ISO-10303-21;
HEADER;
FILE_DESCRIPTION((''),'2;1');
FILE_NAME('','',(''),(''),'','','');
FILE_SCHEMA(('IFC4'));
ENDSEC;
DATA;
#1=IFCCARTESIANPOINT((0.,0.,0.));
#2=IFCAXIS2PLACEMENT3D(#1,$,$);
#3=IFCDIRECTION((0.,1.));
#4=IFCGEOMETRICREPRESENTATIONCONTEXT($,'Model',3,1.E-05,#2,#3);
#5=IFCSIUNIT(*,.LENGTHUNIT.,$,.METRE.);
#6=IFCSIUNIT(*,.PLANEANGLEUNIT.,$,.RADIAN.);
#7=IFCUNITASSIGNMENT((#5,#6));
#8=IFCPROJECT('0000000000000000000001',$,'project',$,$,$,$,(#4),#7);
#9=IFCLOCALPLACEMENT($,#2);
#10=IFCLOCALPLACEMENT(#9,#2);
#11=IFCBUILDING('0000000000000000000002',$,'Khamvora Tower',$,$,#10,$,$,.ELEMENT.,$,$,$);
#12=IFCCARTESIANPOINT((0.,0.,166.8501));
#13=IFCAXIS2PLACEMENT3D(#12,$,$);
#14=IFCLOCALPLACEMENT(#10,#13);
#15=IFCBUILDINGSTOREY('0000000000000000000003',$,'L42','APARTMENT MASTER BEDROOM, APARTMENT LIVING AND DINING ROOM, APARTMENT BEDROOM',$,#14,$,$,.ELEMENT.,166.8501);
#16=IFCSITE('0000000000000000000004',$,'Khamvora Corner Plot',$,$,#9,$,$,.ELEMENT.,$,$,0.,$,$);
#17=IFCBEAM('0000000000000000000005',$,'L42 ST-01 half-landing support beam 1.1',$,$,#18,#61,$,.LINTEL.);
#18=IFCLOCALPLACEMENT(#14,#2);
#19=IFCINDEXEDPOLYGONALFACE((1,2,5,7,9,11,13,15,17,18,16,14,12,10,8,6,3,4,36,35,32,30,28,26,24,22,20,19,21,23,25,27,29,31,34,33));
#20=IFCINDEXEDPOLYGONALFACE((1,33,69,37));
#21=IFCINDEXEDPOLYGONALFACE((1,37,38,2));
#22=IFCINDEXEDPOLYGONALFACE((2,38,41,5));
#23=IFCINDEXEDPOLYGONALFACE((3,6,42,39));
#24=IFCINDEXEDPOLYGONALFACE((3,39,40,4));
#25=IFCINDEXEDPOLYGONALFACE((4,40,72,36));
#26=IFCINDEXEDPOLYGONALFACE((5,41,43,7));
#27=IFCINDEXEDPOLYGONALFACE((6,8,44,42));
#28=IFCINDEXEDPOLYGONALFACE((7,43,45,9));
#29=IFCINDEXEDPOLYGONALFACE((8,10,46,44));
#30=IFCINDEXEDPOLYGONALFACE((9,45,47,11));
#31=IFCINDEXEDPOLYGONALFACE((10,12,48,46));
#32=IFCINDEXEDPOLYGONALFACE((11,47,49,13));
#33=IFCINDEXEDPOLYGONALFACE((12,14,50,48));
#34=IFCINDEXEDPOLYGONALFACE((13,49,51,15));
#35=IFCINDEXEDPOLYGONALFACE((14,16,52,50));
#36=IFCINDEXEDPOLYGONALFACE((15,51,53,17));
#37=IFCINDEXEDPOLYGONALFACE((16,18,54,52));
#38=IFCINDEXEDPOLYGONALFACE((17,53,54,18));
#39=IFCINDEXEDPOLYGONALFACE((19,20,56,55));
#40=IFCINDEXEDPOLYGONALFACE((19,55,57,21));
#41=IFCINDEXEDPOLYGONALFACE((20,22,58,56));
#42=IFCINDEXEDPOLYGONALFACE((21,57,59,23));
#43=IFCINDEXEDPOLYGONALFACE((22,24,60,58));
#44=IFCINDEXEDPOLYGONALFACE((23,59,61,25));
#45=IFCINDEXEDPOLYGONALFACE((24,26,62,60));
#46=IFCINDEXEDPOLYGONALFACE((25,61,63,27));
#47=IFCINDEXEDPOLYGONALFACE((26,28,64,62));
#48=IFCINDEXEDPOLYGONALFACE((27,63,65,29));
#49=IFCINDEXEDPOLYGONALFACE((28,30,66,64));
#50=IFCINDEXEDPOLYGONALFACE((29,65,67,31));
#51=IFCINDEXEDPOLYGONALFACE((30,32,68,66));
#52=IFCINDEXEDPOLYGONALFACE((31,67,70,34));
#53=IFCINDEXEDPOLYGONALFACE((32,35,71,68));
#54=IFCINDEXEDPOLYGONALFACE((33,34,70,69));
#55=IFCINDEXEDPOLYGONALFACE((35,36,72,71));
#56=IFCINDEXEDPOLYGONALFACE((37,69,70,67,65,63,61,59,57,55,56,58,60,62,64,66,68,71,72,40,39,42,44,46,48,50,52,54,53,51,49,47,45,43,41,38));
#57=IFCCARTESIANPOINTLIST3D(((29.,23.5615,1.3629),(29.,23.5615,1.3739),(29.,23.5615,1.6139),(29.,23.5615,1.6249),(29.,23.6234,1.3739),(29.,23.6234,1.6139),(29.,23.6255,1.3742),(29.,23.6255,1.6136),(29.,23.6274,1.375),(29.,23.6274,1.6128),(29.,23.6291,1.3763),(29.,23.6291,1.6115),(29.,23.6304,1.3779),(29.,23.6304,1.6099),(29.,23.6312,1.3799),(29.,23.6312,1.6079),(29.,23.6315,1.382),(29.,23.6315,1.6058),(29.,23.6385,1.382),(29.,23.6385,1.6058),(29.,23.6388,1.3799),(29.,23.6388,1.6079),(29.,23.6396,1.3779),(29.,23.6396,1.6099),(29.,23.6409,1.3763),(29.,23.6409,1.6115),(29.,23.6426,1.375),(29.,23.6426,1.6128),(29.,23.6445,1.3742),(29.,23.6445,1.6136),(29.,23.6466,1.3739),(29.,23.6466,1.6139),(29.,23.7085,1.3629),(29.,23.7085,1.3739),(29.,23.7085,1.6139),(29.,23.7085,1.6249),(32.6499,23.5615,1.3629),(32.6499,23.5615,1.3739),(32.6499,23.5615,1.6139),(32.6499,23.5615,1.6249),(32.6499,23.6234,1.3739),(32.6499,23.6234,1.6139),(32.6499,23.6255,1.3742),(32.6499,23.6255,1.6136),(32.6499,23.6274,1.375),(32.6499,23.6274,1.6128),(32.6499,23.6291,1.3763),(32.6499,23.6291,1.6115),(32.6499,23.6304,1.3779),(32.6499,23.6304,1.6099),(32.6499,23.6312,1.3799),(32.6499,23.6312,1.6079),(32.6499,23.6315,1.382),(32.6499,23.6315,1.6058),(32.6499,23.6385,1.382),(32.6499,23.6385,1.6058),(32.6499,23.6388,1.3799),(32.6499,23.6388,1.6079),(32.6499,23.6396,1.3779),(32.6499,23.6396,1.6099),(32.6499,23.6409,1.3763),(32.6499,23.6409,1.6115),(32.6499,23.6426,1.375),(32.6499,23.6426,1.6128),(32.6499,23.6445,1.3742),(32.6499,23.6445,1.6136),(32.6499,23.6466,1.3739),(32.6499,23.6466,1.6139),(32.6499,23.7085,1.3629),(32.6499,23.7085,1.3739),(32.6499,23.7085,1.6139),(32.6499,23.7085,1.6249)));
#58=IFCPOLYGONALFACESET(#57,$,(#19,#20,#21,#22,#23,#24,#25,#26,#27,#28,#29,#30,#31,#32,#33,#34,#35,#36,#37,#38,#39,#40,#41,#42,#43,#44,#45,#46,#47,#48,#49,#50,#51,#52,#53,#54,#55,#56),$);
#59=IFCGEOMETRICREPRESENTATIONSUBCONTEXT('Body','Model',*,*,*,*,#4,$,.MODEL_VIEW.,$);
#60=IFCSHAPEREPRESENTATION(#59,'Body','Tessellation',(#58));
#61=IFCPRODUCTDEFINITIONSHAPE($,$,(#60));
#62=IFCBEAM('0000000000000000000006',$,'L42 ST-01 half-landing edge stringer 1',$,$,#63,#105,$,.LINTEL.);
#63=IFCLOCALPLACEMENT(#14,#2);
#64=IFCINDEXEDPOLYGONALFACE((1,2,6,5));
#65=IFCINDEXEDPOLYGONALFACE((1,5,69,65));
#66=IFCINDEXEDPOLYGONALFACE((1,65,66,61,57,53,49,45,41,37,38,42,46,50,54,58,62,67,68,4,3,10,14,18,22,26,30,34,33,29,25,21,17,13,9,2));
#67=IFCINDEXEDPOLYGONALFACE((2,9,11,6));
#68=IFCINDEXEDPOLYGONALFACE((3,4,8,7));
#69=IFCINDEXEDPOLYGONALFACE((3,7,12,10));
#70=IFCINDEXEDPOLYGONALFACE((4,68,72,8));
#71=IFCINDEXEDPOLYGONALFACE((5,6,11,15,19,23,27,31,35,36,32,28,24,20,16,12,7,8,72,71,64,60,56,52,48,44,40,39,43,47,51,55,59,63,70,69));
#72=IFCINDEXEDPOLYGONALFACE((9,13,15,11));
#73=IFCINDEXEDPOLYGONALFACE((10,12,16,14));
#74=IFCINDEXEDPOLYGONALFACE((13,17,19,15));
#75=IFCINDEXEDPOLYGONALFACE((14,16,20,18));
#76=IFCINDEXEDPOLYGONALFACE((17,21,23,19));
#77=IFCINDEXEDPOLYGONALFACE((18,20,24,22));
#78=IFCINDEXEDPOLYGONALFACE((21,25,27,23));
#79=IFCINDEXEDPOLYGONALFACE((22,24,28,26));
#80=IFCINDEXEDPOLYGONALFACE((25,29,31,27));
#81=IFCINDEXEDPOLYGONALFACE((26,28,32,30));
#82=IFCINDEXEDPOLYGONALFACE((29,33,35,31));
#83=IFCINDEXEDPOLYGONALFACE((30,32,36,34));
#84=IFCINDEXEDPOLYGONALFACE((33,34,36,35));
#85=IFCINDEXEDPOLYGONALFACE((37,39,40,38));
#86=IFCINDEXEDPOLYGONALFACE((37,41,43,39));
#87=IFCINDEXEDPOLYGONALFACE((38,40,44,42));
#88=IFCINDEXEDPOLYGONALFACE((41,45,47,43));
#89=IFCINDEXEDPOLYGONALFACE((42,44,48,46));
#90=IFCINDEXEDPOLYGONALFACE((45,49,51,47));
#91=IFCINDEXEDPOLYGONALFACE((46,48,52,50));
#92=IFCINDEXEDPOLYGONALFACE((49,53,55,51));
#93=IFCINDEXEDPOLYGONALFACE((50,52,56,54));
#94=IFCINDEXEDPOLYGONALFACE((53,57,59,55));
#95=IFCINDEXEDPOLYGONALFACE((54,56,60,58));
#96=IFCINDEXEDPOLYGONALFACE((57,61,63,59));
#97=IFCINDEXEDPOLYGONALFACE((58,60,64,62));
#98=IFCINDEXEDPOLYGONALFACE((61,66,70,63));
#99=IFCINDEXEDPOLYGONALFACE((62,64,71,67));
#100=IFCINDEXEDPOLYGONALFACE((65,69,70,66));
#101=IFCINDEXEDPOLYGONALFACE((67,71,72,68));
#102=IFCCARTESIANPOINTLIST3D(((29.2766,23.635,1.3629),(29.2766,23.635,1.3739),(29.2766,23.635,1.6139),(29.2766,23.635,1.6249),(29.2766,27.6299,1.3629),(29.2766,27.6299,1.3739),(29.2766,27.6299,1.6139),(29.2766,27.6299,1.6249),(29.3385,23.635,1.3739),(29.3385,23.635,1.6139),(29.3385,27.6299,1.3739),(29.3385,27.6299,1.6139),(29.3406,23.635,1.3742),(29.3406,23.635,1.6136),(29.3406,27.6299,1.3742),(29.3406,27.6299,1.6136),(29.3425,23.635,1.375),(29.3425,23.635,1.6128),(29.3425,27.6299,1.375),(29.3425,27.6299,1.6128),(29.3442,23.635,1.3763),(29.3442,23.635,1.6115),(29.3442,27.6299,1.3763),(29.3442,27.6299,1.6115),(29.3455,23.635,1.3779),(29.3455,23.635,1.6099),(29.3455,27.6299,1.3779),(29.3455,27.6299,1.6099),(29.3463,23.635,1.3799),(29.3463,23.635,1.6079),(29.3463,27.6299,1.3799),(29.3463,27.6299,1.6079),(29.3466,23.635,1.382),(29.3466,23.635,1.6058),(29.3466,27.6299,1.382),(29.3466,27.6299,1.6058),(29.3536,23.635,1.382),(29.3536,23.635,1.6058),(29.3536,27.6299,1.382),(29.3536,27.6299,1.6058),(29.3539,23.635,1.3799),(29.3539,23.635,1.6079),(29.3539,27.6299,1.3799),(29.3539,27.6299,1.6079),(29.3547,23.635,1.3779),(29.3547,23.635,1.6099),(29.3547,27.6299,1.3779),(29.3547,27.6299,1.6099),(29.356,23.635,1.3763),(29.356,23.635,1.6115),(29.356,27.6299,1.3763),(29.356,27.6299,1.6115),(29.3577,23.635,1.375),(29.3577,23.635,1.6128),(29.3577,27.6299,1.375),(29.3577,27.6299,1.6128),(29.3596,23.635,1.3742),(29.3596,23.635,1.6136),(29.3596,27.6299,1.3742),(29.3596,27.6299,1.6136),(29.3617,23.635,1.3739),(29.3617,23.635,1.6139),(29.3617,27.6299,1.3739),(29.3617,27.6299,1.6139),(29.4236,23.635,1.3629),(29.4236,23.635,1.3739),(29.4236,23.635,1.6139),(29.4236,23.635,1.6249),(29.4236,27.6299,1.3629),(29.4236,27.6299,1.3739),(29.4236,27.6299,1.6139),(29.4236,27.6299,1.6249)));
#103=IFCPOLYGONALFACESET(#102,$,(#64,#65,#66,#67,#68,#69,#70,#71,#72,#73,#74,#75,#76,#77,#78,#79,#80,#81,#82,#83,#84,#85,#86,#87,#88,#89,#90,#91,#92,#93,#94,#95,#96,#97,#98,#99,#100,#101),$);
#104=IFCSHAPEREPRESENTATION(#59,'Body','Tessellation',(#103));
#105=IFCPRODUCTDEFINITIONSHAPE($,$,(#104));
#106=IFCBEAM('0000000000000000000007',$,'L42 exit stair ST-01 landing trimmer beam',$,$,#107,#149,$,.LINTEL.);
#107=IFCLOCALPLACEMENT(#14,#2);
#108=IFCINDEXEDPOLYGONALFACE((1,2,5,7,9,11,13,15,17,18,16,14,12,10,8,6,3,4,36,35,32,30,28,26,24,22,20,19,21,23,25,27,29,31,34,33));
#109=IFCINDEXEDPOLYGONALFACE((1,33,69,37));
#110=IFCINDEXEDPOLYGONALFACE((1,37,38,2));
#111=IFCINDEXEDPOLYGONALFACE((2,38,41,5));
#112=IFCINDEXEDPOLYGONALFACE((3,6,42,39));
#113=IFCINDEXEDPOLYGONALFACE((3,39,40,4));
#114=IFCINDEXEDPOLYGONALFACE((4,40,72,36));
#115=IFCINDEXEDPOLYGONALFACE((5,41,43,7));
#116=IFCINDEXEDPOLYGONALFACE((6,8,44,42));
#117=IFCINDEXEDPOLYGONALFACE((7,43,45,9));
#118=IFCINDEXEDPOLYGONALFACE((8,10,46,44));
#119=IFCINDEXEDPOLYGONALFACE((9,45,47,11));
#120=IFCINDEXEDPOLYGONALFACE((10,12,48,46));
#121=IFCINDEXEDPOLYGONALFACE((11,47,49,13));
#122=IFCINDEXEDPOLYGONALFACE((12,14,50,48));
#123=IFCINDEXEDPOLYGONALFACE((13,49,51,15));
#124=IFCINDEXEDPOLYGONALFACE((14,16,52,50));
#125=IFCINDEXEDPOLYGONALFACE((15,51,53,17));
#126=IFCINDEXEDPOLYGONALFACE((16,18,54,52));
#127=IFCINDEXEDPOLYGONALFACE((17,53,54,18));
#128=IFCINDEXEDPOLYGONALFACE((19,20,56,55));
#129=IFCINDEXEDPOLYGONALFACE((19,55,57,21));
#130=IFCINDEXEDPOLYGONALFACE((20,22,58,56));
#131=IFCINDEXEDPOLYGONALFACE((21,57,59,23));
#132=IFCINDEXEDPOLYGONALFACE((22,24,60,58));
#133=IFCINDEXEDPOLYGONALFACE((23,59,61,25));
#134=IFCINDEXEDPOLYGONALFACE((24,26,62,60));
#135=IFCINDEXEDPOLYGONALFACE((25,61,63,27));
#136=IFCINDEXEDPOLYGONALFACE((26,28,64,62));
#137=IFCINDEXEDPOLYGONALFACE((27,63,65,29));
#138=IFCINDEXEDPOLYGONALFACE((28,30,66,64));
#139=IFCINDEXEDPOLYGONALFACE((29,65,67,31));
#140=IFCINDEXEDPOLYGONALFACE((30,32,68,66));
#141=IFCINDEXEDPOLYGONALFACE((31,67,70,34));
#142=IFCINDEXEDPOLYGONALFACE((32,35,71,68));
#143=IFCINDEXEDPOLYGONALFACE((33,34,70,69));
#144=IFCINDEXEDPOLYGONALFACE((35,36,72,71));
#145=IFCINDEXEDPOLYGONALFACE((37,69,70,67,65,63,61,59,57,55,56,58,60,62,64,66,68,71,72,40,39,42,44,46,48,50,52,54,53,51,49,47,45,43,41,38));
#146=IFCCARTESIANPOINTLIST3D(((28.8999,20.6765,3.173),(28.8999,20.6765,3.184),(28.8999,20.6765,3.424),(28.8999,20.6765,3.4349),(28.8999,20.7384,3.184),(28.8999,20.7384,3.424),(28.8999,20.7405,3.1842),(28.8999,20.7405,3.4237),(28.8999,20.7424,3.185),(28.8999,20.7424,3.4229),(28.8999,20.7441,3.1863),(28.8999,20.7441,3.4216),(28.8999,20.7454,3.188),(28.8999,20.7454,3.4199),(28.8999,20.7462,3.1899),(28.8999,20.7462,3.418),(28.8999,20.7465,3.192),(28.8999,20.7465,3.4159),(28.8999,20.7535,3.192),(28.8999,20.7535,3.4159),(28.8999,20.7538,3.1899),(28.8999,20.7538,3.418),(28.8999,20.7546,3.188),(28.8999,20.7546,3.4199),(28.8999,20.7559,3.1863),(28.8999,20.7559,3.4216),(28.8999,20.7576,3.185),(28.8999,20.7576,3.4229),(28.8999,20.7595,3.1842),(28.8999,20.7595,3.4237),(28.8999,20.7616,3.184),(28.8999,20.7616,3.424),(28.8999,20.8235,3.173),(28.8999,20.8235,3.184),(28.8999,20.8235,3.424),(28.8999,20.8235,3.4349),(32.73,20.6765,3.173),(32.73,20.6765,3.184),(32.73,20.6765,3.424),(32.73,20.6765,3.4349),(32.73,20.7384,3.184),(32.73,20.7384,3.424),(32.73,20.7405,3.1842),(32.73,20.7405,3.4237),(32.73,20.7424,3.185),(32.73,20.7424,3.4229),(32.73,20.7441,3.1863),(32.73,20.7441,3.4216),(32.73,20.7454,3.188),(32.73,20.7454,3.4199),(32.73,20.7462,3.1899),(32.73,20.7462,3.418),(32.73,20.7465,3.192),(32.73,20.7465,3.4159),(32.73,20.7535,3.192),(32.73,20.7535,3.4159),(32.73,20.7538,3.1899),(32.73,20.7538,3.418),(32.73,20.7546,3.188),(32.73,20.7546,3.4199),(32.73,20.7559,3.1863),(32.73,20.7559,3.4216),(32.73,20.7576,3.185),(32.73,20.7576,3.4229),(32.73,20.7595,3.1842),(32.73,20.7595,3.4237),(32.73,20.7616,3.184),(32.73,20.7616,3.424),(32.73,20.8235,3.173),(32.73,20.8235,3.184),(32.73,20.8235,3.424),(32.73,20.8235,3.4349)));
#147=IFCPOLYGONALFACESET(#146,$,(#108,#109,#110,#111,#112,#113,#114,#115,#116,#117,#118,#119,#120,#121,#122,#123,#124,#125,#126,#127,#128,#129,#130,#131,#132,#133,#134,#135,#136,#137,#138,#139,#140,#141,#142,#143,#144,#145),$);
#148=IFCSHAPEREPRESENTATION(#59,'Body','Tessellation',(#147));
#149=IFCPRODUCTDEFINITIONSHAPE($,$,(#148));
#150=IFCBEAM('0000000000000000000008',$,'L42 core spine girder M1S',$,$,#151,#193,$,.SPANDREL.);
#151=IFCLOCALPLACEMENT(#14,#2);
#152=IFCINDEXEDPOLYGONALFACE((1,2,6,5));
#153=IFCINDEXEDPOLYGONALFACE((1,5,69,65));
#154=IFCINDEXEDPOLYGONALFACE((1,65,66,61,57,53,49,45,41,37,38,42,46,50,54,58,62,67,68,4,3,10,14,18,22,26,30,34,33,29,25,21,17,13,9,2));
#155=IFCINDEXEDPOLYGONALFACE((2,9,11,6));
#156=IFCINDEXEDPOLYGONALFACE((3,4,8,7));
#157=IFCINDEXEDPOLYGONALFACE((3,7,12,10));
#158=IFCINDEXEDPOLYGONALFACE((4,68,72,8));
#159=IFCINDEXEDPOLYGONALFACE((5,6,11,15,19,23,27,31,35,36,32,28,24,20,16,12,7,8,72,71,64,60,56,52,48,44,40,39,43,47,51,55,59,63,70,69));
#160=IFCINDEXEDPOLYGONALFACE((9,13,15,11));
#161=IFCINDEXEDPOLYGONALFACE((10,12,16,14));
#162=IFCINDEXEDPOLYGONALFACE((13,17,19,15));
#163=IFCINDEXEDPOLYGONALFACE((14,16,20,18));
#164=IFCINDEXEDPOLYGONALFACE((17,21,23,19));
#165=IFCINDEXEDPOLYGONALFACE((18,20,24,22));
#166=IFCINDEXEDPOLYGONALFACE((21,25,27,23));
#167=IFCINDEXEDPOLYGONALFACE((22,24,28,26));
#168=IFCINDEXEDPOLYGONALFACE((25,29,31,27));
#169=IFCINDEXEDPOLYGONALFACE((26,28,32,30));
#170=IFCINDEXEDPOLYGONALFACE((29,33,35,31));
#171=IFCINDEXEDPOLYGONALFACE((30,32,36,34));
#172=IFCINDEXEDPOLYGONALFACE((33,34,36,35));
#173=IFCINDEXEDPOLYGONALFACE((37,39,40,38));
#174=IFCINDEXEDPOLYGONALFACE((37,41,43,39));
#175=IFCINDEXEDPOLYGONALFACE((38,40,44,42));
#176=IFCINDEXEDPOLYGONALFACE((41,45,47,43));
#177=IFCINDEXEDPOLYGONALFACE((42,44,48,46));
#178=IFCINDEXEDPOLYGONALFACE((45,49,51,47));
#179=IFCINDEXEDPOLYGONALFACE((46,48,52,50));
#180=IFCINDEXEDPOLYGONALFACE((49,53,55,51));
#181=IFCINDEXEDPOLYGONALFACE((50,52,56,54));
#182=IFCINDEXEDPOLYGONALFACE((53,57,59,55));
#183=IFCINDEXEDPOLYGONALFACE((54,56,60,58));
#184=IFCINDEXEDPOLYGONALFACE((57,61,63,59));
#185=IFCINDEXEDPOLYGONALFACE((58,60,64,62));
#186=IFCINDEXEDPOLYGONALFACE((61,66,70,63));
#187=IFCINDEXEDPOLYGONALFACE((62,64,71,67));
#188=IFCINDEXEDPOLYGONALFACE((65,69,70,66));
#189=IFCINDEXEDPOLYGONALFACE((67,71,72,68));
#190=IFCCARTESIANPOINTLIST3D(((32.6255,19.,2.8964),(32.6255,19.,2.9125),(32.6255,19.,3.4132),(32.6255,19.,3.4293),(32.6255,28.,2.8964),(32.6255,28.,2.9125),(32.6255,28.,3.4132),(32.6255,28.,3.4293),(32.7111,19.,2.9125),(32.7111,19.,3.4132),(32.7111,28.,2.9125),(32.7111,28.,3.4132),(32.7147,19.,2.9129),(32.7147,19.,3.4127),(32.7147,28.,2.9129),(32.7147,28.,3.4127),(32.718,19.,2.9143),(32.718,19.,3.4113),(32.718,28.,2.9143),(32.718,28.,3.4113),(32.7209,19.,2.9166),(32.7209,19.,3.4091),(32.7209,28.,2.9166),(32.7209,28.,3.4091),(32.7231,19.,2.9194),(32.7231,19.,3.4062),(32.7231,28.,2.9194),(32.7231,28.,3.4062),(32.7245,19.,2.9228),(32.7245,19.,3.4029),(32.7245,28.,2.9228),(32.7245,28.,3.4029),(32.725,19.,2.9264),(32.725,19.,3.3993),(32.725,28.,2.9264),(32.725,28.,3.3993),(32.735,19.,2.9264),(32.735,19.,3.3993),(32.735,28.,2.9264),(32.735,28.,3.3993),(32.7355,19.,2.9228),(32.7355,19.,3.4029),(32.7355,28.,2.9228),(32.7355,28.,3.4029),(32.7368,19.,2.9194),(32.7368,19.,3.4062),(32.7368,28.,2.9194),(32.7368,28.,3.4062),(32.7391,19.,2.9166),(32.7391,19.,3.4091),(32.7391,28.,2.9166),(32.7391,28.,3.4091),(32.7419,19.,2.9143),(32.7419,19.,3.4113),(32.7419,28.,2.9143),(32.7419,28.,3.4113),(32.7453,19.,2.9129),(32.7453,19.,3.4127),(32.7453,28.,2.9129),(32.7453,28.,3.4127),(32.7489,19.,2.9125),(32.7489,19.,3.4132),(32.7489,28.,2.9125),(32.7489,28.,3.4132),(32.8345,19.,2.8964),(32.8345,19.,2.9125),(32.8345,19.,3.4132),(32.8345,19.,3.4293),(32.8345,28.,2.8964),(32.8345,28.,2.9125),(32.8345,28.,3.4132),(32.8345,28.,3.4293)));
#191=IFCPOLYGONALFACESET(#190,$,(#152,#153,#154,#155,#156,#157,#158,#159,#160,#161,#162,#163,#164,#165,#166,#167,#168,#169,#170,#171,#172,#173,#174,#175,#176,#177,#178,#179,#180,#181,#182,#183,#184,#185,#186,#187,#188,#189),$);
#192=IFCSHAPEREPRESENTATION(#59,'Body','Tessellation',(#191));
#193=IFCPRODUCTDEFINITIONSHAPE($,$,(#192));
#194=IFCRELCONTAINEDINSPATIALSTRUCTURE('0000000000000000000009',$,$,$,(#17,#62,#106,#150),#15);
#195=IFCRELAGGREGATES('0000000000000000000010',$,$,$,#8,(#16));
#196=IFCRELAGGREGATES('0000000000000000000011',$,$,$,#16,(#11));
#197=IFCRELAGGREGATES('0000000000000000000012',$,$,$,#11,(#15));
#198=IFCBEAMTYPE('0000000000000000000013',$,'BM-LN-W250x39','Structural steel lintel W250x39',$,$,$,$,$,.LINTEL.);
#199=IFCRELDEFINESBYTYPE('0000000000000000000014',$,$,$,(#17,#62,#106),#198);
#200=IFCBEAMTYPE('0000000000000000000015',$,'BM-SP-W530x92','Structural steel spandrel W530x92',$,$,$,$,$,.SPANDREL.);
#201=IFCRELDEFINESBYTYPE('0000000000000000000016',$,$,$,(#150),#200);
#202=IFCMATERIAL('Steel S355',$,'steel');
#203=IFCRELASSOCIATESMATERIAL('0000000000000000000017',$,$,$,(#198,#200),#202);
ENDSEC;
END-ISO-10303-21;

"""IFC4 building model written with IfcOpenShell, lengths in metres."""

from ifc_helpers import new_model, si_unit, direction, frame, origin, origin_2d, place, context, subcontext, project, spatial, i_section, extrude, material, material_profile, profile_set, type_object, element, save


model = new_model("IFC4")

# Units and contexts
model_context = context("Model", 3, precision=1e-05, world=origin(), true_north=direction((0.0, 1.0)))
body_context = subcontext(model_context, "Body", "Model", "MODEL_VIEW")
ifc_project = project(units=[si_unit("LENGTHUNIT", "METRE"), si_unit("PLANEANGLEUNIT", "RADIAN")], contexts=[model_context])

# Site, building, storey
site_placement = place(None, origin())
site = spatial("IfcSite", under=ifc_project, at=site_placement, Name="Khamvora Corner Plot", CompositionType="ELEMENT", RefElevation=0.0)
building_placement = place(site_placement, origin())
building = spatial("IfcBuilding", under=site, at=building_placement, Name="Khamvora Tower", CompositionType="ELEMENT")
storey_placement = place(building_placement, frame((0.0, 0.0, 166.8501)))
storey = spatial("IfcBuildingStorey", under=building, at=storey_placement, Name="L42", Description="APARTMENT MASTER BEDROOM, APARTMENT LIVING AND DINING ROOM, APARTMENT BEDROOM", CompositionType="ELEMENT", Elevation=166.8501)

# Beams
ifc_material_1 = material(Name="Steel S355", Category="steel")
ifc_material_profile_1 = material_profile(ifc_material_1, i_section(OverallWidth=0.147, OverallDepth=0.262, WebThickness=0.0071, FlangeThickness=0.011, FilletRadius=0.0081, at=origin_2d()), Name="W250x39")
ifc_profile_set_1 = profile_set([ifc_material_profile_1], Name="Steel S355")
beam_type_1 = type_object("IfcBeamType", Name="BM-LN-W250x39", Description="Structural steel lintel W250x39", PredefinedType="LINTEL", material=ifc_profile_set_1)
beam_1_placement = place(storey_placement, frame((29.0, 23.635, 1.4939), z_axis=(1.0, 0.0, 0.0), x_axis=(0.0, 1.0, 0.0)))
element("IfcBeam", 1, at=beam_1_placement, inside=storey, type_object=beam_type_1, Name="L42 ST-01 half-landing support beam 1.1", PredefinedType="LINTEL", context=body_context, shape_type="SweptSolid", body=[
    extrude(i_section(OverallWidth=0.147, OverallDepth=0.262, WebThickness=0.0071, FlangeThickness=0.011, FilletRadius=0.0081, at=origin_2d()), origin(), (0.0, 0.0, 1.0), 3.6499),
])
beam_2_placement = place(storey_placement, frame((29.3501, 23.635, 1.4939), z_axis=(0.0, 1.0, 0.0), x_axis=(-1.0, 0.0, 0.0)))
element("IfcBeam", 2, at=beam_2_placement, inside=storey, type_object=beam_type_1, Name="L42 ST-01 half-landing edge stringer 1", PredefinedType="LINTEL", context=body_context, shape_type="SweptSolid", body=[
    extrude(i_section(OverallWidth=0.147, OverallDepth=0.262, WebThickness=0.0071, FlangeThickness=0.011, FilletRadius=0.0081, at=origin_2d()), origin(), (0.0, 0.0, 1.0), 3.9949),
])
beam_3_placement = place(storey_placement, frame((28.8999, 20.75, 3.304), z_axis=(1.0, 0.0, 0.0), x_axis=(0.0, 1.0, 0.0)))
element("IfcBeam", 3, at=beam_3_placement, inside=storey, type_object=beam_type_1, Name="L42 exit stair ST-01 landing trimmer beam", PredefinedType="LINTEL", context=body_context, shape_type="SweptSolid", body=[
    extrude(i_section(OverallWidth=0.147, OverallDepth=0.262, WebThickness=0.0071, FlangeThickness=0.011, FilletRadius=0.0081, at=origin_2d()), origin(), (0.0, 0.0, 1.0), 3.8301),
])
ifc_material_profile_2 = material_profile(ifc_material_1, i_section(OverallWidth=0.209, OverallDepth=0.533, WebThickness=0.01, FlangeThickness=0.0161, FilletRadius=0.0139, at=origin_2d()), Name="W530x92")
ifc_profile_set_2 = profile_set([ifc_material_profile_2], Name="Steel S355")
beam_type_2 = type_object("IfcBeamType", Name="BM-SP-W530x92", Description="Structural steel spandrel W530x92", PredefinedType="SPANDREL", material=ifc_profile_set_2)
beam_4_placement = place(storey_placement, frame((32.73, 19.0, 3.1628), z_axis=(0.0, 1.0, 0.0), x_axis=(-1.0, 0.0, 0.0)))
element("IfcBeam", 4, at=beam_4_placement, inside=storey, type_object=beam_type_2, Name="L42 core spine girder M1S", PredefinedType="SPANDREL", context=body_context, shape_type="SweptSolid", body=[
    extrude(i_section(OverallWidth=0.209, OverallDepth=0.533, WebThickness=0.01, FlangeThickness=0.0161, FilletRadius=0.0139, at=origin_2d()), origin(), (0.0, 0.0, 1.0), 9.0),
])

save(model, "model.ifc")
